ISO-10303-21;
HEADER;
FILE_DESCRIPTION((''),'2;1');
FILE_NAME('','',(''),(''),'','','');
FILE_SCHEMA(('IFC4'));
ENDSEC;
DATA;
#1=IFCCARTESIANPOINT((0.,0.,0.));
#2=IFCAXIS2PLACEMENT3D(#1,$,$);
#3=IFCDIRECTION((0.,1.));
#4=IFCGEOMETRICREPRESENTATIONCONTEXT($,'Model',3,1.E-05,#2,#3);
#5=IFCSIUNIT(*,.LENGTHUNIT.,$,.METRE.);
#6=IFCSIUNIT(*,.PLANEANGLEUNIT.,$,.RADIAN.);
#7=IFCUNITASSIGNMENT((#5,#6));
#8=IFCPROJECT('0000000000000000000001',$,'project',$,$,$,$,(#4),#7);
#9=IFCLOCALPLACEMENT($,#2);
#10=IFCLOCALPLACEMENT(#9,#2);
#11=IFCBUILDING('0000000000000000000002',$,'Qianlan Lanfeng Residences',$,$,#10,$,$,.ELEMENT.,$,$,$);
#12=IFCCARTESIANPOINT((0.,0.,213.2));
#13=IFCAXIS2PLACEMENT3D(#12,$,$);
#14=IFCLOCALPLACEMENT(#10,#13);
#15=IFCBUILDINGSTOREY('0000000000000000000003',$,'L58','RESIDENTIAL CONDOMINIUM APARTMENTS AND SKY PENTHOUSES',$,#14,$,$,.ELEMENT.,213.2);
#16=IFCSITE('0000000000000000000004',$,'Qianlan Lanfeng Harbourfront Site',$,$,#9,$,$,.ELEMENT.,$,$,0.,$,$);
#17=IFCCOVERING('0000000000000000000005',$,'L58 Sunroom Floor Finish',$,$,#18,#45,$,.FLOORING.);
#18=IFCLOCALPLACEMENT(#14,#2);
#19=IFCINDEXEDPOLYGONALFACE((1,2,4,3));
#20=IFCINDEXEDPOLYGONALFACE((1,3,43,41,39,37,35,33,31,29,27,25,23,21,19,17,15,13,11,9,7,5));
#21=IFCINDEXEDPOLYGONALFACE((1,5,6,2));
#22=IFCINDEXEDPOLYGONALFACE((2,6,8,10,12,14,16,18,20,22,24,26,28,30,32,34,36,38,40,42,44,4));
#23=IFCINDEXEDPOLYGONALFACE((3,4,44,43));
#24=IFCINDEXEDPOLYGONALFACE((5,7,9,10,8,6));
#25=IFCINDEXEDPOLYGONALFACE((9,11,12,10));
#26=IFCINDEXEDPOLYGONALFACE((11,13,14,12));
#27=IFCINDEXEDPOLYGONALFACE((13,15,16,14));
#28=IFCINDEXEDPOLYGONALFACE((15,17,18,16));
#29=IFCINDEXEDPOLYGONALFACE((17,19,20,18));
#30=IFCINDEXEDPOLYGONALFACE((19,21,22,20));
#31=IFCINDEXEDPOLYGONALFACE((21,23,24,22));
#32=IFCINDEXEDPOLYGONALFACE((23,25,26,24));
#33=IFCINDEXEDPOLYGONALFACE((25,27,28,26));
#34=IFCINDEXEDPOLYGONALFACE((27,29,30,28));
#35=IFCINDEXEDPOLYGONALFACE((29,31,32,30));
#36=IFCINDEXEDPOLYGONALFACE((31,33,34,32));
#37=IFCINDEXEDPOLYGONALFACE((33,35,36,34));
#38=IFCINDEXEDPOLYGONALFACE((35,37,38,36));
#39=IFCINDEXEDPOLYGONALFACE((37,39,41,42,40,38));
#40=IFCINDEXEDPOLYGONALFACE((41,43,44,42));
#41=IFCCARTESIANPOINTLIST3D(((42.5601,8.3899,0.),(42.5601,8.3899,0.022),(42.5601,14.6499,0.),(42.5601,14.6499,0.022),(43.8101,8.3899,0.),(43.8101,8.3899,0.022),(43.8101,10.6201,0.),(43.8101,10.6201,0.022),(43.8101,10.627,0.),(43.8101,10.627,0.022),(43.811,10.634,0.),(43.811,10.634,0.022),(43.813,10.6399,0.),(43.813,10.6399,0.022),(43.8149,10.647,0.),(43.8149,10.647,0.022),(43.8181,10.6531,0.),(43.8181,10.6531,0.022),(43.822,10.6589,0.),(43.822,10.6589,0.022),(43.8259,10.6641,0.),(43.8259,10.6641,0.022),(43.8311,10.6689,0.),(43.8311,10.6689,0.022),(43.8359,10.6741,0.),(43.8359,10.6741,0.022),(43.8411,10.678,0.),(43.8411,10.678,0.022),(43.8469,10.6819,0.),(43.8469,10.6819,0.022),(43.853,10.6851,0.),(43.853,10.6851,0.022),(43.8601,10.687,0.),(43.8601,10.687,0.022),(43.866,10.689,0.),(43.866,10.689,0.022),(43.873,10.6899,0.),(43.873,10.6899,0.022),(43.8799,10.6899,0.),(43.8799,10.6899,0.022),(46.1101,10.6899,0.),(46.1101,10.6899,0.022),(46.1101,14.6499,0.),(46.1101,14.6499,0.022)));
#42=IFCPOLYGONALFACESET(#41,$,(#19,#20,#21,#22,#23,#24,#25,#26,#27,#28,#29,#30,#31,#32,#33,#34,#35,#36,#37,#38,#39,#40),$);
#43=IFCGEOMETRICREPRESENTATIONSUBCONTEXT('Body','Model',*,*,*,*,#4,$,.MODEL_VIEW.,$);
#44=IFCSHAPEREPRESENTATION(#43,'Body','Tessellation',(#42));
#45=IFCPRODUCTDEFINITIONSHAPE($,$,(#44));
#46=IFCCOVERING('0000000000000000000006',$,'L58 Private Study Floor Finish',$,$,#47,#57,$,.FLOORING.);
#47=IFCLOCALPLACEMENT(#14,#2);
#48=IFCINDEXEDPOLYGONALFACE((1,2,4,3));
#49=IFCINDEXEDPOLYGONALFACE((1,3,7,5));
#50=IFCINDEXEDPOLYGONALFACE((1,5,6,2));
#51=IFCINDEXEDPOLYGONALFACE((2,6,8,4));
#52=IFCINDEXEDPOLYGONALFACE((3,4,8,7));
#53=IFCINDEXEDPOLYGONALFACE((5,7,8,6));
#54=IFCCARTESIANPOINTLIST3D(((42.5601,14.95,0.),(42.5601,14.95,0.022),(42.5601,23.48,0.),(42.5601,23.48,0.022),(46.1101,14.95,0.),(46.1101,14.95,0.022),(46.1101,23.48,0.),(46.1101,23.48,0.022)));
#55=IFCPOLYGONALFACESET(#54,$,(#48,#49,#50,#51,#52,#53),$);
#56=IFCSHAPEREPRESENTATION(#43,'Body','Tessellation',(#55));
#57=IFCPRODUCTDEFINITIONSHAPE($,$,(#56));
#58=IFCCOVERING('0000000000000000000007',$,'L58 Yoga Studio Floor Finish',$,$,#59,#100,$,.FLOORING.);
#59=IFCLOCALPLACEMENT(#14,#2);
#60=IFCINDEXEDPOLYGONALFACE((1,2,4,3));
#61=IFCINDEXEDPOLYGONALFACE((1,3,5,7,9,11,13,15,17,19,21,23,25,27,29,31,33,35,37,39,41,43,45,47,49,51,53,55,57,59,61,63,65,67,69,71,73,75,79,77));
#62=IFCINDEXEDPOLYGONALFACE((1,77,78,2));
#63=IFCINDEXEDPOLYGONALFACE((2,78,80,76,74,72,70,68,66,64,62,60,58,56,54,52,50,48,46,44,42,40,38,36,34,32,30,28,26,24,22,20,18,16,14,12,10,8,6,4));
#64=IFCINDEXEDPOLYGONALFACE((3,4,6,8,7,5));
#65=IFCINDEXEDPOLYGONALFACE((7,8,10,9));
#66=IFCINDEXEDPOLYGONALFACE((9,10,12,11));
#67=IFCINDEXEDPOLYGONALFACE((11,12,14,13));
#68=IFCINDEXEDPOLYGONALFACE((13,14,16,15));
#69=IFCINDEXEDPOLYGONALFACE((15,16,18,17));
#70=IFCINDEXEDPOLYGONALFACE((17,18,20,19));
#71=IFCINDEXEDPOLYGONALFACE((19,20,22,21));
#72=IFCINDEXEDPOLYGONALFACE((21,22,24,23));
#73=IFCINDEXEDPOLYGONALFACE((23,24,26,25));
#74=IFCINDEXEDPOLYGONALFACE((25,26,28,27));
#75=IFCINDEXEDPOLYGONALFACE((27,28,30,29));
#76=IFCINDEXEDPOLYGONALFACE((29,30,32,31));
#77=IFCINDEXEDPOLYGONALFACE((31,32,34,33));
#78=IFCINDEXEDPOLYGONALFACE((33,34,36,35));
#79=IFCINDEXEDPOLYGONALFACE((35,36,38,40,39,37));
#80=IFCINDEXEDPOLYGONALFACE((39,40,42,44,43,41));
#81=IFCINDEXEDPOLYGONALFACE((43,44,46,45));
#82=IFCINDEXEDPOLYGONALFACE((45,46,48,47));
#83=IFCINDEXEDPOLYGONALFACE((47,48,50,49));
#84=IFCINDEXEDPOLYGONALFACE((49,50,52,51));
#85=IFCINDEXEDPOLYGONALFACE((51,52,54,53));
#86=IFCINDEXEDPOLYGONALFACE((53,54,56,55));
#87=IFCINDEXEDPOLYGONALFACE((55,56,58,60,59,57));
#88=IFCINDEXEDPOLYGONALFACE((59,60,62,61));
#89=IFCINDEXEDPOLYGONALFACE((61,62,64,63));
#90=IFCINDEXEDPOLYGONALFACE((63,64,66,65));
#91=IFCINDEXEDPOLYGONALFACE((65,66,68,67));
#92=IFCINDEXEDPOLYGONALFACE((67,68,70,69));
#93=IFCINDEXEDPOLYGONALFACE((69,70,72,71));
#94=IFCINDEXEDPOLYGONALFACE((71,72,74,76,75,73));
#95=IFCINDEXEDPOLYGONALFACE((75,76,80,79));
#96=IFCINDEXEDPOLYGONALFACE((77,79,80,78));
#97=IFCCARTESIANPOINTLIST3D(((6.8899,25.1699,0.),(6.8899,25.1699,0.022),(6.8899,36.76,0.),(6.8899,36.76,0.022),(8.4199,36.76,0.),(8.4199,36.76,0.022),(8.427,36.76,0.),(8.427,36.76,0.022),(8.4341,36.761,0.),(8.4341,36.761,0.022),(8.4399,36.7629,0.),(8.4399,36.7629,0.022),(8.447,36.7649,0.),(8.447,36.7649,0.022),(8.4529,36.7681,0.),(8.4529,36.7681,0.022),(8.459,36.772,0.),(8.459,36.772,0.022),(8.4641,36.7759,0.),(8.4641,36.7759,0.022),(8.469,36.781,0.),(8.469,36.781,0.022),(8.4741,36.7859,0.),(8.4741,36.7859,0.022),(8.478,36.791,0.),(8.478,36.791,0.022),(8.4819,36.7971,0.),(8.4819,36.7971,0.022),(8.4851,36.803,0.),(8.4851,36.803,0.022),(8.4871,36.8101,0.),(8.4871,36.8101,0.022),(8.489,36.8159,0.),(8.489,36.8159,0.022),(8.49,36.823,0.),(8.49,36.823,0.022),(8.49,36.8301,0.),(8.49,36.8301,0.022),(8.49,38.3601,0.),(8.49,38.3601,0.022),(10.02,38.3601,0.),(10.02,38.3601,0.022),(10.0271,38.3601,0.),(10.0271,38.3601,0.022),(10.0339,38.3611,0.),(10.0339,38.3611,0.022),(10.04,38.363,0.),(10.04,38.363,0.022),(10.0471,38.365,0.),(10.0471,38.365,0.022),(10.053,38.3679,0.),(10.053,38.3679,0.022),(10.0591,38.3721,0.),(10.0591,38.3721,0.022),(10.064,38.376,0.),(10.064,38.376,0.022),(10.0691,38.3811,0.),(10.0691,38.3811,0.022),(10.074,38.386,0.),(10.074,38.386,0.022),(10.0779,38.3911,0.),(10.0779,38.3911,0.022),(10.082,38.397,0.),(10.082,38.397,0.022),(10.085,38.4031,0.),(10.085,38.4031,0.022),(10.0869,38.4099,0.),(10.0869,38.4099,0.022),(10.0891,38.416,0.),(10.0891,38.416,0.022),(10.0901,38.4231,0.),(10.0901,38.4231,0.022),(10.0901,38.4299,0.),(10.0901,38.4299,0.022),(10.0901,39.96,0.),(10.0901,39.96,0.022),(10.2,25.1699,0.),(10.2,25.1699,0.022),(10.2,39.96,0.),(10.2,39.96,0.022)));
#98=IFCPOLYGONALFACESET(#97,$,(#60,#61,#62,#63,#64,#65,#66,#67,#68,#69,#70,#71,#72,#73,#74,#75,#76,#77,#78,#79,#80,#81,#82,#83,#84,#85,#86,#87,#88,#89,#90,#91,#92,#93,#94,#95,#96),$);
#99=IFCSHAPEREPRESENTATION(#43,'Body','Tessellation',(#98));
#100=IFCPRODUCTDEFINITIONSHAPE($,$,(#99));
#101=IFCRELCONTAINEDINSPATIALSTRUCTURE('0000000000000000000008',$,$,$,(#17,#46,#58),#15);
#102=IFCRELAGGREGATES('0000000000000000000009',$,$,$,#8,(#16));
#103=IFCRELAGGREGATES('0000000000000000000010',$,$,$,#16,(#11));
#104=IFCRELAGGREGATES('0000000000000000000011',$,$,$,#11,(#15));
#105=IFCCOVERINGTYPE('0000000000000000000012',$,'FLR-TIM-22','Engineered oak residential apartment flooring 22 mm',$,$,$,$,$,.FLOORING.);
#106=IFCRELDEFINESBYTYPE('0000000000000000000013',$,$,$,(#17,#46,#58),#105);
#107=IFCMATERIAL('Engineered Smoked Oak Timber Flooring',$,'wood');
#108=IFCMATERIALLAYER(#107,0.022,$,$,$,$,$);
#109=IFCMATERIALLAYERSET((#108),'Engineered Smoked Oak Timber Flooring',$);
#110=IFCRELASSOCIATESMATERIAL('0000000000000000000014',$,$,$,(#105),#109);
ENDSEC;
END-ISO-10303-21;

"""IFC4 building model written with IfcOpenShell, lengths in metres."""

from ifc_helpers import new_model, si_unit, direction, frame, origin, place, context, subcontext, project, spatial, polyline, outline, extrude, material, layer, layer_set, type_object, element, save


model = new_model("IFC4")

# Units and contexts
model_context = context("Model", 3, precision=1e-05, world=origin(), true_north=direction((0.0, 1.0)))
body_context = subcontext(model_context, "Body", "Model", "MODEL_VIEW")
ifc_project = project(units=[si_unit("LENGTHUNIT", "METRE"), si_unit("PLANEANGLEUNIT", "RADIAN")], contexts=[model_context])

# Site, building, storey
site_placement = place(None, origin())
site = spatial("IfcSite", under=ifc_project, at=site_placement, Name="Qianlan Lanfeng Harbourfront Site", CompositionType="ELEMENT", RefElevation=0.0)
building_placement = place(site_placement, origin())
building = spatial("IfcBuilding", under=site, at=building_placement, Name="Qianlan Lanfeng Residences", CompositionType="ELEMENT")
storey_placement = place(building_placement, frame((0.0, 0.0, 213.2)))
storey = spatial("IfcBuildingStorey", under=building, at=storey_placement, Name="L58", Description="RESIDENTIAL CONDOMINIUM APARTMENTS AND SKY PENTHOUSES", CompositionType="ELEMENT", Elevation=213.2)

# Coverings
ifc_material_1 = material(Name="Engineered Smoked Oak Timber Flooring", Category="wood")
ifc_layer_1 = layer(ifc_material_1, 0.022)
ifc_layer_set_1 = layer_set([ifc_layer_1], Name="Engineered Smoked Oak Timber Flooring")
covering_type = type_object("IfcCoveringType", Name="FLR-TIM-22", Description="Engineered oak residential apartment flooring 22 mm", PredefinedType="FLOORING", material=ifc_layer_set_1)
covering_1_placement = place(storey_placement, origin())
element("IfcCovering", 1, at=covering_1_placement, inside=storey, type_object=covering_type, Name="L58 Sunroom Floor Finish", PredefinedType="FLOORING", context=body_context, shape_type="SweptSolid", body=[
    extrude(outline(polyline([(46.1101, 14.6499), (42.5601, 14.6499), (42.5601, 8.3899), (43.8101, 8.3899), (43.8101, 10.6201), (43.8101, 10.627), (43.811, 10.634), (43.813, 10.6399), (43.8149, 10.647), (43.8181, 10.6531), (43.822, 10.6589), (43.8259, 10.6641), (43.8311, 10.6689), (43.8359, 10.6741), (43.8411, 10.678), (43.8469, 10.6819), (43.853, 10.6851), (43.8601, 10.687), (43.866, 10.689), (43.873, 10.6899), (43.8799, 10.6899), (46.1101, 10.6899), (46.1101, 14.6499)])), origin(), (0.0, 0.0, 1.0), 0.022),
])
covering_2_placement = place(storey_placement, origin())
element("IfcCovering", 2, at=covering_2_placement, inside=storey, type_object=covering_type, Name="L58 Private Study Floor Finish", PredefinedType="FLOORING", context=body_context, shape_type="SweptSolid", body=[
    extrude(outline(polyline([(46.1101, 23.48), (42.5601, 23.48), (42.5601, 14.95), (46.1101, 14.95), (46.1101, 23.48)])), origin(), (0.0, 0.0, 1.0), 0.022),
])
covering_3_placement = place(storey_placement, origin())
element("IfcCovering", 3, at=covering_3_placement, inside=storey, type_object=covering_type, Name="L58 Yoga Studio Floor Finish", PredefinedType="FLOORING", context=body_context, shape_type="SweptSolid", body=[
    extrude(outline(polyline([(10.2, 25.1699), (10.2, 39.96), (10.0901, 39.96), (10.0901, 38.4299), (10.0901, 38.4231), (10.0891, 38.416), (10.0869, 38.4099), (10.085, 38.4031), (10.082, 38.397), (10.0779, 38.3911), (10.074, 38.386), (10.0691, 38.3811), (10.064, 38.376), (10.0591, 38.3721), (10.053, 38.3679), (10.0471, 38.365), (10.04, 38.363), (10.0339, 38.3611), (10.0271, 38.3601), (10.02, 38.3601), (8.49, 38.3601), (8.49, 36.8301), (8.49, 36.823), (8.489, 36.8159), (8.4871, 36.8101), (8.4851, 36.803), (8.4819, 36.7971), (8.478, 36.791), (8.4741, 36.7859), (8.469, 36.781), (8.4641, 36.7759), (8.459, 36.772), (8.4529, 36.7681), (8.447, 36.7649), (8.4399, 36.7629), (8.4341, 36.761), (8.427, 36.76), (8.4199, 36.76), (6.8899, 36.76), (6.8899, 25.1699), (10.2, 25.1699)])), origin(), (0.0, 0.0, 1.0), 0.022),
])

save(model, "model.ifc")
